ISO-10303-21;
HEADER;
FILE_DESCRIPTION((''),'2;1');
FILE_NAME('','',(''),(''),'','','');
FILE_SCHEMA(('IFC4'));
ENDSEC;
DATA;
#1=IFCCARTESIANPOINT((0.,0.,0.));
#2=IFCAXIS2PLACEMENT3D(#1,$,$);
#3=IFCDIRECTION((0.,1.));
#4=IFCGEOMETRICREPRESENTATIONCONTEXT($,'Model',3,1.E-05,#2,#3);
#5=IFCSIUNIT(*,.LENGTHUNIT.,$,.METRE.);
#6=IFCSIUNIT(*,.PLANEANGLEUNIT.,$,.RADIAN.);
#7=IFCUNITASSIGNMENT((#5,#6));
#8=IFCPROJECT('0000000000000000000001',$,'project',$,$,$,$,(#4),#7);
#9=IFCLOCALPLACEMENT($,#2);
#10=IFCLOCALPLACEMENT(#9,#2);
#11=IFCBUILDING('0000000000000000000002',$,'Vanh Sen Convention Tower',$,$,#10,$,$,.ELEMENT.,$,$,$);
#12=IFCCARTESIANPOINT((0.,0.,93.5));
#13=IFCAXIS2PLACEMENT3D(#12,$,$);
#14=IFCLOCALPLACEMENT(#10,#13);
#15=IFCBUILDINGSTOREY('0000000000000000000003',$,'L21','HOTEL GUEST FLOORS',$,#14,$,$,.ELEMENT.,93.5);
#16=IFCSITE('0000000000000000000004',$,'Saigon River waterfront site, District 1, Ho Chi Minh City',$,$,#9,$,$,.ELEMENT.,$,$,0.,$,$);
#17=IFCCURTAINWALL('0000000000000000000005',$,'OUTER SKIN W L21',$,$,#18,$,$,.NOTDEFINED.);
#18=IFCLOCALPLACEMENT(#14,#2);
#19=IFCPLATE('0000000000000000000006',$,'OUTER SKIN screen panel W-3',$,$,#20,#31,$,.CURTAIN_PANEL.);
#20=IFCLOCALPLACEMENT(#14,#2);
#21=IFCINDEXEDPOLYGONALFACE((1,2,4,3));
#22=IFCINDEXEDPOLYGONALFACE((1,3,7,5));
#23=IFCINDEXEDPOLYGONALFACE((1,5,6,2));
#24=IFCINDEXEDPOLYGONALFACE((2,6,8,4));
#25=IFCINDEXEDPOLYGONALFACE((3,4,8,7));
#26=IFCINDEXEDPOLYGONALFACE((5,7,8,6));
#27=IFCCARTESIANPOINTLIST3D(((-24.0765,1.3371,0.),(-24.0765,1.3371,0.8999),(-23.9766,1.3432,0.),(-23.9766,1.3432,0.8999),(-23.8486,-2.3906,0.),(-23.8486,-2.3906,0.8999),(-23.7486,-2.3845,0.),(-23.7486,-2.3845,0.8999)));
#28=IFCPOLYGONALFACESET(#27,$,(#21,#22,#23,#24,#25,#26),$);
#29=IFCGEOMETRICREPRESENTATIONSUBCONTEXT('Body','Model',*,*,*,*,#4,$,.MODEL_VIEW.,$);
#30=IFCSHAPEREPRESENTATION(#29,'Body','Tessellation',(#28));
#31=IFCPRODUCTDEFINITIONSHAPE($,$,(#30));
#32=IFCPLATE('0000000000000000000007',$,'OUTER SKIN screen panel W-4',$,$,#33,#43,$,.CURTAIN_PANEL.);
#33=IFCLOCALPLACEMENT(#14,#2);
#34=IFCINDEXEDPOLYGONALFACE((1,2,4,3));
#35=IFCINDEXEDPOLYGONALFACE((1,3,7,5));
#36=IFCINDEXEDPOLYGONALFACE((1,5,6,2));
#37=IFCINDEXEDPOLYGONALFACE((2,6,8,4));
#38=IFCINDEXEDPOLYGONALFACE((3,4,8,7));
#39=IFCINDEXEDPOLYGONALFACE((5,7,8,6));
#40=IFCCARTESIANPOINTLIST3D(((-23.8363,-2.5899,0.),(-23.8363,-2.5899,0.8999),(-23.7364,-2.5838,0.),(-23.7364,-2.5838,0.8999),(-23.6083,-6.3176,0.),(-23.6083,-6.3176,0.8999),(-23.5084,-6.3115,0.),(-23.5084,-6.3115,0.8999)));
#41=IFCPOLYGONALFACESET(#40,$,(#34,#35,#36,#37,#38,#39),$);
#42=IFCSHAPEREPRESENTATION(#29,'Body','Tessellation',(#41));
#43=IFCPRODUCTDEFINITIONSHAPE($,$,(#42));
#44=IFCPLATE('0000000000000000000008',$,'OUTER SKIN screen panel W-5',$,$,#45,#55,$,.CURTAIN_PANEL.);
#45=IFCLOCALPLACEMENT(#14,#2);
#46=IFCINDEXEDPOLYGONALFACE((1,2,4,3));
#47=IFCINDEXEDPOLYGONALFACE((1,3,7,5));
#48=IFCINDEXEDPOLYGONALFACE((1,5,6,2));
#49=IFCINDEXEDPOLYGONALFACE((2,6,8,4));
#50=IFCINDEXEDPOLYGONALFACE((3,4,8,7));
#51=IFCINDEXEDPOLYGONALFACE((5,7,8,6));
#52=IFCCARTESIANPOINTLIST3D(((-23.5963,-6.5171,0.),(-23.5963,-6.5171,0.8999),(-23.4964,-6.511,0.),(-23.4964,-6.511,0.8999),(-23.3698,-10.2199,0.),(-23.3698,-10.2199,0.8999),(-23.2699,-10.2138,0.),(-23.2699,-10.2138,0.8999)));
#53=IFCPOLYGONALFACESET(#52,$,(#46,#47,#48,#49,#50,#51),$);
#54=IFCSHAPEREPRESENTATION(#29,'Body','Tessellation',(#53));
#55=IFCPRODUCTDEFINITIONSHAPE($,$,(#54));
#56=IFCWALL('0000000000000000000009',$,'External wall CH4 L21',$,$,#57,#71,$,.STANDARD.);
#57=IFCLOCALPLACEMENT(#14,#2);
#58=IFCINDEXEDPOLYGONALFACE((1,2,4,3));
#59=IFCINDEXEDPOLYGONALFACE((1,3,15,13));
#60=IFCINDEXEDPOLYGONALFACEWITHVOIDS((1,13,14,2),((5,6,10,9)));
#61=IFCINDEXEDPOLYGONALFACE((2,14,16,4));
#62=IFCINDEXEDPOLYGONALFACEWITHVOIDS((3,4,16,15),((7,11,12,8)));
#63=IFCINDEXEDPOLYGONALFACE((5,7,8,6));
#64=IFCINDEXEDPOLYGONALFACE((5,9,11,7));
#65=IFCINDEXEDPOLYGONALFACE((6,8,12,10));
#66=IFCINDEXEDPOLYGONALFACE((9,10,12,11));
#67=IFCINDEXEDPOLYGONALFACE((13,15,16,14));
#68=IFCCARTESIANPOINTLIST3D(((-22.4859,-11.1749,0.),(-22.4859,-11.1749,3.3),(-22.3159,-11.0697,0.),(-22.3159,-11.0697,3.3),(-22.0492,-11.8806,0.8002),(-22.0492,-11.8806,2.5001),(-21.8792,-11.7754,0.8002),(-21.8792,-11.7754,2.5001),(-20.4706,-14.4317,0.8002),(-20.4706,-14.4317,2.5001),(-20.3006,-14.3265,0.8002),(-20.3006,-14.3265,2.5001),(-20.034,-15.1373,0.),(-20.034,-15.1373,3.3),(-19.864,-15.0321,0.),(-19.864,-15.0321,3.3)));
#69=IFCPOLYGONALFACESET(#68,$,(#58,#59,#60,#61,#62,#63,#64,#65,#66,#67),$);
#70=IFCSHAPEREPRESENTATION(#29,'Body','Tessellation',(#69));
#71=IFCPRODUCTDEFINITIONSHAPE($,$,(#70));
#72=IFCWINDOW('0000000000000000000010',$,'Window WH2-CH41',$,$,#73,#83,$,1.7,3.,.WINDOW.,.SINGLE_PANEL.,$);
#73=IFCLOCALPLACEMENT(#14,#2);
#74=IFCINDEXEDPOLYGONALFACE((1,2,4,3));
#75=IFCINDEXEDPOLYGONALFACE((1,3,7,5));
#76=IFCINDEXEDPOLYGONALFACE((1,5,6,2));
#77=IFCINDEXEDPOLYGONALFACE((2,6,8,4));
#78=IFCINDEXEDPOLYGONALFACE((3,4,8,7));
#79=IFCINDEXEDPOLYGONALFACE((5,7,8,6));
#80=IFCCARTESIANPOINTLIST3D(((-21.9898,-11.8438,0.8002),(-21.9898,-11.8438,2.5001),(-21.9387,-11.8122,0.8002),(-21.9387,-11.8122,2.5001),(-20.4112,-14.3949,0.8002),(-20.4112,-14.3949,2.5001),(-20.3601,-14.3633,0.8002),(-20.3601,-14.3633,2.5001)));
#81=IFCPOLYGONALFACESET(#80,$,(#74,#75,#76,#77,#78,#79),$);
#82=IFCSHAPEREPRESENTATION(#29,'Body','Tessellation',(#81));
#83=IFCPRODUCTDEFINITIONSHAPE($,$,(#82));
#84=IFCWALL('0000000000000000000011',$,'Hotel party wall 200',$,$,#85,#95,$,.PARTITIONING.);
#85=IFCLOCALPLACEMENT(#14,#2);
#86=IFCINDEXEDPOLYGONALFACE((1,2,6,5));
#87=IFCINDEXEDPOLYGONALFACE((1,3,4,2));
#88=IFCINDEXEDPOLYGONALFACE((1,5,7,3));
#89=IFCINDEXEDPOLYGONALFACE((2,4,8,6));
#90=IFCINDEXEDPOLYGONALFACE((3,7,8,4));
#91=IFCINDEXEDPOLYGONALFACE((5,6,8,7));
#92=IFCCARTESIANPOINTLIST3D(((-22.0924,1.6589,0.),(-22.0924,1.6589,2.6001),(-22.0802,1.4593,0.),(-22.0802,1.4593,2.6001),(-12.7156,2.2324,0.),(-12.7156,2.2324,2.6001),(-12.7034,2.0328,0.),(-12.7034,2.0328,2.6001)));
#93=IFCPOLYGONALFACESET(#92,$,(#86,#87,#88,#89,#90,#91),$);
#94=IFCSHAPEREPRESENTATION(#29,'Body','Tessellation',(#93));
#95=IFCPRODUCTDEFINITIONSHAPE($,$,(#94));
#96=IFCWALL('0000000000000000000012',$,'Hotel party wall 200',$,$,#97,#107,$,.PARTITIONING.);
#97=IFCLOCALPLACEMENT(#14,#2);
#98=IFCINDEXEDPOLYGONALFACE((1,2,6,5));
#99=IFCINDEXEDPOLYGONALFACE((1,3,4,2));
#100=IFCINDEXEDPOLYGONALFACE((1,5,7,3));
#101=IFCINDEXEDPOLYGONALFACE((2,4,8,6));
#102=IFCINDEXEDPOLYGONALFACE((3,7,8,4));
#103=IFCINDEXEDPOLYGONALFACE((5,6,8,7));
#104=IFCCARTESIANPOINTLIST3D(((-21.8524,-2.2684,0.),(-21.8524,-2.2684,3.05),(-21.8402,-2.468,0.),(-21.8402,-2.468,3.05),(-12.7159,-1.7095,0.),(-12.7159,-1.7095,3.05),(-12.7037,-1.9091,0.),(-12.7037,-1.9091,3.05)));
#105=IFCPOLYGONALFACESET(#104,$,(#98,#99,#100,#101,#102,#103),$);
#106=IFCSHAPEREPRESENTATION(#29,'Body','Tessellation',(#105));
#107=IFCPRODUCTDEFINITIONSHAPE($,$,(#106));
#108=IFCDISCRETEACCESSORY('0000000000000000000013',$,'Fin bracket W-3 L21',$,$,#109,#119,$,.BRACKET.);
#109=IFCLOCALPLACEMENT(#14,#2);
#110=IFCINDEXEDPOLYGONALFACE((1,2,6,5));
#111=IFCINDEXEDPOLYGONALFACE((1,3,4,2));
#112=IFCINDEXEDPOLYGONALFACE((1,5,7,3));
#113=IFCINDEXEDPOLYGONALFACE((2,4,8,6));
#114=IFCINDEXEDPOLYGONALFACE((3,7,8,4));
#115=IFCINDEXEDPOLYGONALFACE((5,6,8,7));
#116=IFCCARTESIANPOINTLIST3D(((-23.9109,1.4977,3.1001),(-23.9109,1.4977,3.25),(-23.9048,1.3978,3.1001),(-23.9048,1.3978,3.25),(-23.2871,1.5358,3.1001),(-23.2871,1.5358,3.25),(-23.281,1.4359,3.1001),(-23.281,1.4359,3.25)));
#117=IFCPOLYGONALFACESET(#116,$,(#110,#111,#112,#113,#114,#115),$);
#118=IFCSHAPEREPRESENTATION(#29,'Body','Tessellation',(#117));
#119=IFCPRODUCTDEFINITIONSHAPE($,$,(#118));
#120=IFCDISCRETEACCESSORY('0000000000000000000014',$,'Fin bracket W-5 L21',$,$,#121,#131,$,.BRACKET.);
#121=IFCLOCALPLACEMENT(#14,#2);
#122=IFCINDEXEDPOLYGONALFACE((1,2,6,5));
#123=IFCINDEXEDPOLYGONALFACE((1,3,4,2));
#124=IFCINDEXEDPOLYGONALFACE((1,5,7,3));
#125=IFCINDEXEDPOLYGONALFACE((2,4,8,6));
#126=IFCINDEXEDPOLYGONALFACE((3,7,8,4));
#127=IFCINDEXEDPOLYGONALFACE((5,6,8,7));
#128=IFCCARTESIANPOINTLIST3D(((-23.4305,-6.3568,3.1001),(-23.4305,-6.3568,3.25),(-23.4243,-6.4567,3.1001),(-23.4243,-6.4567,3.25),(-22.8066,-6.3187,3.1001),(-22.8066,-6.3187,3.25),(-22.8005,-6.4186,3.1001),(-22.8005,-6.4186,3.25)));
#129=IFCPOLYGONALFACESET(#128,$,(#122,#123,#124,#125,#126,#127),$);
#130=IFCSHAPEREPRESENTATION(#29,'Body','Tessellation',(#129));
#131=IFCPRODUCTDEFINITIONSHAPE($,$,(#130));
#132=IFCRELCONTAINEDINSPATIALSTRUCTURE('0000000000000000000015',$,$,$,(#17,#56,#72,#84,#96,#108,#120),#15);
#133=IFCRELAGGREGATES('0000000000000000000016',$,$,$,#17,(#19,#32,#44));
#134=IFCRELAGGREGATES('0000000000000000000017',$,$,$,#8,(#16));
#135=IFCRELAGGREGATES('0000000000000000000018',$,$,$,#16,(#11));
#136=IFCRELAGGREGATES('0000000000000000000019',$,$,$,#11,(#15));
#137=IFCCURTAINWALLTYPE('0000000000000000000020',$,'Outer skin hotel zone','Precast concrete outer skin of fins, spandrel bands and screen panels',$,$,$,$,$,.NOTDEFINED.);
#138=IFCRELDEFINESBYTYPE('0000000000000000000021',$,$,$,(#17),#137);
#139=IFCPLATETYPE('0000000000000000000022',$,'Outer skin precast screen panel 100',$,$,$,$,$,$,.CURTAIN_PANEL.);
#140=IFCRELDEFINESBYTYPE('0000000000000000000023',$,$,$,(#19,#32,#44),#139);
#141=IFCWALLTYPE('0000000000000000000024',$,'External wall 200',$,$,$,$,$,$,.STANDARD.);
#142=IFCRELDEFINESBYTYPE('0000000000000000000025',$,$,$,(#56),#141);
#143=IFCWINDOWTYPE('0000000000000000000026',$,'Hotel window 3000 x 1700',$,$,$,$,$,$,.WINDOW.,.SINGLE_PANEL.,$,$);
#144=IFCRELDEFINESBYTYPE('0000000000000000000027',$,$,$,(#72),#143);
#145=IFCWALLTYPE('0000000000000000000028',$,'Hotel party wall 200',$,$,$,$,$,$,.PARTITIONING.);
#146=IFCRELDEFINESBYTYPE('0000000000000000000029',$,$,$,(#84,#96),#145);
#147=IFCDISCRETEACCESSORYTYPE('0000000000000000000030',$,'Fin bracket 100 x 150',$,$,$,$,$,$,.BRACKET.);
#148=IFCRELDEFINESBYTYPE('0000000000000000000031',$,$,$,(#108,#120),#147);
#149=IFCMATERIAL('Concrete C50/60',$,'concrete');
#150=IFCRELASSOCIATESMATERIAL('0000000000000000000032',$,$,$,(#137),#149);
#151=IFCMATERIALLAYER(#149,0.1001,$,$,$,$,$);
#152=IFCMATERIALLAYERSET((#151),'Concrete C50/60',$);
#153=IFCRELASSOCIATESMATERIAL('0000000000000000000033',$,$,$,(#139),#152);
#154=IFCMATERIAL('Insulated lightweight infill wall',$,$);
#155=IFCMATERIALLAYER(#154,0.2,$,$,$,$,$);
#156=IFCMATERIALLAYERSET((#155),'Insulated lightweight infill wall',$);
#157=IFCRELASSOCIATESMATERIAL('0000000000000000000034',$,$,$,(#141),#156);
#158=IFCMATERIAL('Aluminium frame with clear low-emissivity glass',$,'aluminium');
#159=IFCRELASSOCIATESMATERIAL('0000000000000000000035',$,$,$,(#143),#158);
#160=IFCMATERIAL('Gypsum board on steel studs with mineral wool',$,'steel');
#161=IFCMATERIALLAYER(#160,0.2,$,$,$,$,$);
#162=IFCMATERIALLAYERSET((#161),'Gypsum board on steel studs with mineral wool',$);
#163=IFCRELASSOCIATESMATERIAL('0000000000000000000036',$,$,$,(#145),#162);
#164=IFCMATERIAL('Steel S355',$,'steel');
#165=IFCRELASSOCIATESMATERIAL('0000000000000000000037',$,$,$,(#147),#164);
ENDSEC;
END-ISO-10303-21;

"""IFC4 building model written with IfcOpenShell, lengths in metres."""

from ifc_helpers import new_model, si_unit, direction, frame, frame_2d, origin, origin_2d, place, context, subcontext, project, spatial, rectangle, extrude, material, layer, layer_set, type_object, element, fill, aggregate, save


model = new_model("IFC4")

# Units and contexts
model_context = context("Model", 3, precision=1e-05, world=origin(), true_north=direction((0.0, 1.0)))
body_context = subcontext(model_context, "Body", "Model", "MODEL_VIEW")
ifc_project = project(units=[si_unit("LENGTHUNIT", "METRE"), si_unit("PLANEANGLEUNIT", "RADIAN")], contexts=[model_context])

# Site, building, storey
site_placement = place(None, origin())
site = spatial("IfcSite", under=ifc_project, at=site_placement, Name="Saigon River waterfront site, District 1, Ho Chi Minh City", CompositionType="ELEMENT", RefElevation=0.0)
building_placement = place(site_placement, origin())
building = spatial("IfcBuilding", under=site, at=building_placement, Name="Vanh Sen Convention Tower", CompositionType="ELEMENT")
storey_placement = place(building_placement, frame((0.0, 0.0, 93.5)))
storey = spatial("IfcBuildingStorey", under=building, at=storey_placement, Name="L21", Description="HOTEL GUEST FLOORS", CompositionType="ELEMENT", Elevation=93.5)

# Curtain wall
ifc_material_1 = material(Name="Concrete C50/60", Category="concrete")
curtain_wall_type = type_object("IfcCurtainWallType", Name="Outer skin hotel zone", Description="Precast concrete outer skin of fins, spandrel bands and screen panels", PredefinedType="NOTDEFINED", material=ifc_material_1)
curtain_wall_1_placement = place(storey_placement, origin())
curtain_wall_1 = element("IfcCurtainWall", 1, at=curtain_wall_1_placement, inside=storey, type_object=curtain_wall_type, Name="OUTER SKIN W L21", PredefinedType="NOTDEFINED")

# Plates
ifc_layer_1 = layer(ifc_material_1, 0.1001)
ifc_layer_set_1 = layer_set([ifc_layer_1], Name="Concrete C50/60")
plate_type = type_object("IfcPlateType", Name="Outer skin precast screen panel 100", PredefinedType="CURTAIN_PANEL", material=ifc_layer_set_1)
plate_1_placement = place(storey_placement, frame((-23.9126, -0.5237, 0.0), z_axis=(0.0, 0.0, 1.0), x_axis=(0.061047, -0.998135, 0.0)))
plate_1 = element("IfcPlate", 2, at=plate_1_placement, type_object=plate_type, Name="OUTER SKIN screen panel W-3", PredefinedType="CURTAIN_PANEL", context=body_context, shape_type="SweptSolid", body=[
    extrude(rectangle(XDim=3.7346, YDim=0.1001, at=origin_2d()), origin(), (0.0, 0.0, 1.0), 0.8999),
])
plate_2_placement = place(storey_placement, frame((-23.6724, -4.4507, 0.0), z_axis=(0.0, 0.0, 1.0), x_axis=(0.061049, -0.998135, 0.0)))
plate_2 = element("IfcPlate", 3, at=plate_2_placement, type_object=plate_type, Name="OUTER SKIN screen panel W-4", PredefinedType="CURTAIN_PANEL", context=body_context, shape_type="SweptSolid", body=[
    extrude(rectangle(XDim=3.7346, YDim=0.1001, at=origin_2d()), origin(), (0.0, 0.0, 1.0), 0.8999),
])
plate_3_placement = place(storey_placement, frame((-23.4331, -8.3655, 0.0), z_axis=(0.0, 0.0, 1.0), x_axis=(0.061047, -0.998135, 0.0)))
plate_3 = element("IfcPlate", 4, at=plate_3_placement, type_object=plate_type, Name="OUTER SKIN screen panel W-5", PredefinedType="CURTAIN_PANEL", context=body_context, shape_type="SweptSolid", body=[
    extrude(rectangle(XDim=3.7097, YDim=0.1001, at=origin_2d()), origin(), (0.0, 0.0, 1.0), 0.8999),
])
aggregate(curtain_wall_1, [plate_1, plate_2, plate_3])

# Wall, opening, window
ifc_material_2 = material(Name="Insulated lightweight infill wall")
ifc_layer_2 = layer(ifc_material_2, 0.2)
ifc_layer_set_2 = layer_set([ifc_layer_2], Name="Insulated lightweight infill wall")
wall_type_1 = type_object("IfcWallType", Name="External wall 200", PredefinedType="STANDARD", material=ifc_layer_set_2)
wall_1_placement = place(storey_placement, frame((-22.4009, -11.1223, 0.0), z_axis=(0.0, 0.0, 1.0), x_axis=(0.526198, -0.850362, 0.0)))
wall_1 = element("IfcWall", 5, at=wall_1_placement, inside=storey, type_object=wall_type_1, Name="External wall CH4 L21", PredefinedType="STANDARD", context=body_context, shape_type="SweptSolid", body=[
    extrude(rectangle(XDim=4.6597, YDim=0.2, at=frame_2d((2.3298, 0.0))), origin(), (0.0, 0.0, 1.0), 3.3),
])
opening_placement = place(wall_1_placement, frame((0.8298, 0.0, 0.8)))
opening = element("IfcOpeningElement", 6, at=opening_placement, cuts=wall_1, PredefinedType="OPENING", context=body_context, shape_type="SweptSolid", body=[
    extrude(rectangle(XDim=3.0, YDim=1.7, at=frame_2d((1.5, 0.8501))), frame((0.0, 0.1099, 0.0), z_axis=(0.0, -1.0, 0.0), x_axis=(1.0, 0.0, 0.0)), (0.0, 0.0, 1.0), 0.22),
])
ifc_material_3 = material(Name="Aluminium frame with clear low-emissivity glass", Category="aluminium")
window_type = type_object("IfcWindowType", Name="Hotel window 3000 x 1700", PartitioningType="SINGLE_PANEL", PredefinedType="WINDOW", material=ifc_material_3)
window_placement = place(opening_placement, origin())
window = element("IfcWindow", 7, at=window_placement, inside=storey, type_object=window_type, Name="Window WH2-CH41", OverallHeight=1.7, OverallWidth=3.0, PartitioningType="SINGLE_PANEL", PredefinedType="WINDOW", context=body_context, shape_type="SweptSolid", body=[
    extrude(rectangle(XDim=3.0, YDim=1.7, at=frame_2d((1.5, 0.8501))), frame((0.0, 0.03, 0.0), z_axis=(0.0, -1.0, 0.0), x_axis=(1.0, 0.0, 0.0)), (0.0, 0.0, 1.0), 0.0601),
])
fill(opening, window)

# Walls
ifc_material_4 = material(Name="Gypsum board on steel studs with mineral wool", Category="steel")
ifc_layer_3 = layer(ifc_material_4, 0.2)
ifc_layer_set_3 = layer_set([ifc_layer_3], Name="Gypsum board on steel studs with mineral wool")
wall_type_2 = type_object("IfcWallType", Name="Hotel party wall 200", PredefinedType="PARTITIONING", material=ifc_layer_set_3)
wall_2_placement = place(storey_placement, frame((-22.0864, 1.5591, 0.0), z_axis=(0.0, 0.0, 1.0), x_axis=(0.998135, 0.061047, 0.0)))
element("IfcWall", 8, at=wall_2_placement, inside=storey, type_object=wall_type_2, Name="Hotel party wall 200", PredefinedType="PARTITIONING", context=body_context, shape_type="SweptSolid", body=[
    extrude(rectangle(XDim=9.3943, YDim=0.2, at=frame_2d((4.6973, 0.0))), origin(), (0.0, 0.0, 1.0), 2.6001),
])
wall_3_placement = place(storey_placement, frame((-21.8462, -2.3682, 0.0), z_axis=(0.0, 0.0, 1.0), x_axis=(0.998135, 0.061051, 0.0)))
element("IfcWall", 9, at=wall_3_placement, inside=storey, type_object=wall_type_2, Name="Hotel party wall 200", PredefinedType="PARTITIONING", context=body_context, shape_type="SweptSolid", body=[
    extrude(rectangle(XDim=9.1536, YDim=0.2, at=frame_2d((4.5767, 0.0))), origin(), (0.0, 0.0, 1.0), 3.05),
])

# Discrete accessories
ifc_material_5 = material(Name="Steel S355", Category="steel")
discrete_accessory_type = type_object("IfcDiscreteAccessoryType", Name="Fin bracket 100 x 150", PredefinedType="BRACKET", material=ifc_material_5)
for number, where, z_axis, x_axis, name in (
    (10, (-23.5959, 1.4668, 3.1001), (0.0, 0.0, 1.0), (-0.998135, -0.061049, 0.0), "Fin bracket W-3 L21"),
    (11, (-23.1155, -6.3877, 3.1001), (0.0, 0.0, 1.0), (-0.998135, -0.061049, 0.0), "Fin bracket W-5 L21"),
):
    element("IfcDiscreteAccessory", number, at=place(storey_placement, frame(where, z_axis=z_axis, x_axis=x_axis)), inside=storey, type_object=discrete_accessory_type, Name=name, PredefinedType="BRACKET", context=body_context, shape_type="SweptSolid", body=[
        extrude(rectangle(XDim=0.625, YDim=0.1001, at=origin_2d()), origin(), (0.0, 0.0, 1.0), 0.1499),
    ])

save(model, "model.ifc")
